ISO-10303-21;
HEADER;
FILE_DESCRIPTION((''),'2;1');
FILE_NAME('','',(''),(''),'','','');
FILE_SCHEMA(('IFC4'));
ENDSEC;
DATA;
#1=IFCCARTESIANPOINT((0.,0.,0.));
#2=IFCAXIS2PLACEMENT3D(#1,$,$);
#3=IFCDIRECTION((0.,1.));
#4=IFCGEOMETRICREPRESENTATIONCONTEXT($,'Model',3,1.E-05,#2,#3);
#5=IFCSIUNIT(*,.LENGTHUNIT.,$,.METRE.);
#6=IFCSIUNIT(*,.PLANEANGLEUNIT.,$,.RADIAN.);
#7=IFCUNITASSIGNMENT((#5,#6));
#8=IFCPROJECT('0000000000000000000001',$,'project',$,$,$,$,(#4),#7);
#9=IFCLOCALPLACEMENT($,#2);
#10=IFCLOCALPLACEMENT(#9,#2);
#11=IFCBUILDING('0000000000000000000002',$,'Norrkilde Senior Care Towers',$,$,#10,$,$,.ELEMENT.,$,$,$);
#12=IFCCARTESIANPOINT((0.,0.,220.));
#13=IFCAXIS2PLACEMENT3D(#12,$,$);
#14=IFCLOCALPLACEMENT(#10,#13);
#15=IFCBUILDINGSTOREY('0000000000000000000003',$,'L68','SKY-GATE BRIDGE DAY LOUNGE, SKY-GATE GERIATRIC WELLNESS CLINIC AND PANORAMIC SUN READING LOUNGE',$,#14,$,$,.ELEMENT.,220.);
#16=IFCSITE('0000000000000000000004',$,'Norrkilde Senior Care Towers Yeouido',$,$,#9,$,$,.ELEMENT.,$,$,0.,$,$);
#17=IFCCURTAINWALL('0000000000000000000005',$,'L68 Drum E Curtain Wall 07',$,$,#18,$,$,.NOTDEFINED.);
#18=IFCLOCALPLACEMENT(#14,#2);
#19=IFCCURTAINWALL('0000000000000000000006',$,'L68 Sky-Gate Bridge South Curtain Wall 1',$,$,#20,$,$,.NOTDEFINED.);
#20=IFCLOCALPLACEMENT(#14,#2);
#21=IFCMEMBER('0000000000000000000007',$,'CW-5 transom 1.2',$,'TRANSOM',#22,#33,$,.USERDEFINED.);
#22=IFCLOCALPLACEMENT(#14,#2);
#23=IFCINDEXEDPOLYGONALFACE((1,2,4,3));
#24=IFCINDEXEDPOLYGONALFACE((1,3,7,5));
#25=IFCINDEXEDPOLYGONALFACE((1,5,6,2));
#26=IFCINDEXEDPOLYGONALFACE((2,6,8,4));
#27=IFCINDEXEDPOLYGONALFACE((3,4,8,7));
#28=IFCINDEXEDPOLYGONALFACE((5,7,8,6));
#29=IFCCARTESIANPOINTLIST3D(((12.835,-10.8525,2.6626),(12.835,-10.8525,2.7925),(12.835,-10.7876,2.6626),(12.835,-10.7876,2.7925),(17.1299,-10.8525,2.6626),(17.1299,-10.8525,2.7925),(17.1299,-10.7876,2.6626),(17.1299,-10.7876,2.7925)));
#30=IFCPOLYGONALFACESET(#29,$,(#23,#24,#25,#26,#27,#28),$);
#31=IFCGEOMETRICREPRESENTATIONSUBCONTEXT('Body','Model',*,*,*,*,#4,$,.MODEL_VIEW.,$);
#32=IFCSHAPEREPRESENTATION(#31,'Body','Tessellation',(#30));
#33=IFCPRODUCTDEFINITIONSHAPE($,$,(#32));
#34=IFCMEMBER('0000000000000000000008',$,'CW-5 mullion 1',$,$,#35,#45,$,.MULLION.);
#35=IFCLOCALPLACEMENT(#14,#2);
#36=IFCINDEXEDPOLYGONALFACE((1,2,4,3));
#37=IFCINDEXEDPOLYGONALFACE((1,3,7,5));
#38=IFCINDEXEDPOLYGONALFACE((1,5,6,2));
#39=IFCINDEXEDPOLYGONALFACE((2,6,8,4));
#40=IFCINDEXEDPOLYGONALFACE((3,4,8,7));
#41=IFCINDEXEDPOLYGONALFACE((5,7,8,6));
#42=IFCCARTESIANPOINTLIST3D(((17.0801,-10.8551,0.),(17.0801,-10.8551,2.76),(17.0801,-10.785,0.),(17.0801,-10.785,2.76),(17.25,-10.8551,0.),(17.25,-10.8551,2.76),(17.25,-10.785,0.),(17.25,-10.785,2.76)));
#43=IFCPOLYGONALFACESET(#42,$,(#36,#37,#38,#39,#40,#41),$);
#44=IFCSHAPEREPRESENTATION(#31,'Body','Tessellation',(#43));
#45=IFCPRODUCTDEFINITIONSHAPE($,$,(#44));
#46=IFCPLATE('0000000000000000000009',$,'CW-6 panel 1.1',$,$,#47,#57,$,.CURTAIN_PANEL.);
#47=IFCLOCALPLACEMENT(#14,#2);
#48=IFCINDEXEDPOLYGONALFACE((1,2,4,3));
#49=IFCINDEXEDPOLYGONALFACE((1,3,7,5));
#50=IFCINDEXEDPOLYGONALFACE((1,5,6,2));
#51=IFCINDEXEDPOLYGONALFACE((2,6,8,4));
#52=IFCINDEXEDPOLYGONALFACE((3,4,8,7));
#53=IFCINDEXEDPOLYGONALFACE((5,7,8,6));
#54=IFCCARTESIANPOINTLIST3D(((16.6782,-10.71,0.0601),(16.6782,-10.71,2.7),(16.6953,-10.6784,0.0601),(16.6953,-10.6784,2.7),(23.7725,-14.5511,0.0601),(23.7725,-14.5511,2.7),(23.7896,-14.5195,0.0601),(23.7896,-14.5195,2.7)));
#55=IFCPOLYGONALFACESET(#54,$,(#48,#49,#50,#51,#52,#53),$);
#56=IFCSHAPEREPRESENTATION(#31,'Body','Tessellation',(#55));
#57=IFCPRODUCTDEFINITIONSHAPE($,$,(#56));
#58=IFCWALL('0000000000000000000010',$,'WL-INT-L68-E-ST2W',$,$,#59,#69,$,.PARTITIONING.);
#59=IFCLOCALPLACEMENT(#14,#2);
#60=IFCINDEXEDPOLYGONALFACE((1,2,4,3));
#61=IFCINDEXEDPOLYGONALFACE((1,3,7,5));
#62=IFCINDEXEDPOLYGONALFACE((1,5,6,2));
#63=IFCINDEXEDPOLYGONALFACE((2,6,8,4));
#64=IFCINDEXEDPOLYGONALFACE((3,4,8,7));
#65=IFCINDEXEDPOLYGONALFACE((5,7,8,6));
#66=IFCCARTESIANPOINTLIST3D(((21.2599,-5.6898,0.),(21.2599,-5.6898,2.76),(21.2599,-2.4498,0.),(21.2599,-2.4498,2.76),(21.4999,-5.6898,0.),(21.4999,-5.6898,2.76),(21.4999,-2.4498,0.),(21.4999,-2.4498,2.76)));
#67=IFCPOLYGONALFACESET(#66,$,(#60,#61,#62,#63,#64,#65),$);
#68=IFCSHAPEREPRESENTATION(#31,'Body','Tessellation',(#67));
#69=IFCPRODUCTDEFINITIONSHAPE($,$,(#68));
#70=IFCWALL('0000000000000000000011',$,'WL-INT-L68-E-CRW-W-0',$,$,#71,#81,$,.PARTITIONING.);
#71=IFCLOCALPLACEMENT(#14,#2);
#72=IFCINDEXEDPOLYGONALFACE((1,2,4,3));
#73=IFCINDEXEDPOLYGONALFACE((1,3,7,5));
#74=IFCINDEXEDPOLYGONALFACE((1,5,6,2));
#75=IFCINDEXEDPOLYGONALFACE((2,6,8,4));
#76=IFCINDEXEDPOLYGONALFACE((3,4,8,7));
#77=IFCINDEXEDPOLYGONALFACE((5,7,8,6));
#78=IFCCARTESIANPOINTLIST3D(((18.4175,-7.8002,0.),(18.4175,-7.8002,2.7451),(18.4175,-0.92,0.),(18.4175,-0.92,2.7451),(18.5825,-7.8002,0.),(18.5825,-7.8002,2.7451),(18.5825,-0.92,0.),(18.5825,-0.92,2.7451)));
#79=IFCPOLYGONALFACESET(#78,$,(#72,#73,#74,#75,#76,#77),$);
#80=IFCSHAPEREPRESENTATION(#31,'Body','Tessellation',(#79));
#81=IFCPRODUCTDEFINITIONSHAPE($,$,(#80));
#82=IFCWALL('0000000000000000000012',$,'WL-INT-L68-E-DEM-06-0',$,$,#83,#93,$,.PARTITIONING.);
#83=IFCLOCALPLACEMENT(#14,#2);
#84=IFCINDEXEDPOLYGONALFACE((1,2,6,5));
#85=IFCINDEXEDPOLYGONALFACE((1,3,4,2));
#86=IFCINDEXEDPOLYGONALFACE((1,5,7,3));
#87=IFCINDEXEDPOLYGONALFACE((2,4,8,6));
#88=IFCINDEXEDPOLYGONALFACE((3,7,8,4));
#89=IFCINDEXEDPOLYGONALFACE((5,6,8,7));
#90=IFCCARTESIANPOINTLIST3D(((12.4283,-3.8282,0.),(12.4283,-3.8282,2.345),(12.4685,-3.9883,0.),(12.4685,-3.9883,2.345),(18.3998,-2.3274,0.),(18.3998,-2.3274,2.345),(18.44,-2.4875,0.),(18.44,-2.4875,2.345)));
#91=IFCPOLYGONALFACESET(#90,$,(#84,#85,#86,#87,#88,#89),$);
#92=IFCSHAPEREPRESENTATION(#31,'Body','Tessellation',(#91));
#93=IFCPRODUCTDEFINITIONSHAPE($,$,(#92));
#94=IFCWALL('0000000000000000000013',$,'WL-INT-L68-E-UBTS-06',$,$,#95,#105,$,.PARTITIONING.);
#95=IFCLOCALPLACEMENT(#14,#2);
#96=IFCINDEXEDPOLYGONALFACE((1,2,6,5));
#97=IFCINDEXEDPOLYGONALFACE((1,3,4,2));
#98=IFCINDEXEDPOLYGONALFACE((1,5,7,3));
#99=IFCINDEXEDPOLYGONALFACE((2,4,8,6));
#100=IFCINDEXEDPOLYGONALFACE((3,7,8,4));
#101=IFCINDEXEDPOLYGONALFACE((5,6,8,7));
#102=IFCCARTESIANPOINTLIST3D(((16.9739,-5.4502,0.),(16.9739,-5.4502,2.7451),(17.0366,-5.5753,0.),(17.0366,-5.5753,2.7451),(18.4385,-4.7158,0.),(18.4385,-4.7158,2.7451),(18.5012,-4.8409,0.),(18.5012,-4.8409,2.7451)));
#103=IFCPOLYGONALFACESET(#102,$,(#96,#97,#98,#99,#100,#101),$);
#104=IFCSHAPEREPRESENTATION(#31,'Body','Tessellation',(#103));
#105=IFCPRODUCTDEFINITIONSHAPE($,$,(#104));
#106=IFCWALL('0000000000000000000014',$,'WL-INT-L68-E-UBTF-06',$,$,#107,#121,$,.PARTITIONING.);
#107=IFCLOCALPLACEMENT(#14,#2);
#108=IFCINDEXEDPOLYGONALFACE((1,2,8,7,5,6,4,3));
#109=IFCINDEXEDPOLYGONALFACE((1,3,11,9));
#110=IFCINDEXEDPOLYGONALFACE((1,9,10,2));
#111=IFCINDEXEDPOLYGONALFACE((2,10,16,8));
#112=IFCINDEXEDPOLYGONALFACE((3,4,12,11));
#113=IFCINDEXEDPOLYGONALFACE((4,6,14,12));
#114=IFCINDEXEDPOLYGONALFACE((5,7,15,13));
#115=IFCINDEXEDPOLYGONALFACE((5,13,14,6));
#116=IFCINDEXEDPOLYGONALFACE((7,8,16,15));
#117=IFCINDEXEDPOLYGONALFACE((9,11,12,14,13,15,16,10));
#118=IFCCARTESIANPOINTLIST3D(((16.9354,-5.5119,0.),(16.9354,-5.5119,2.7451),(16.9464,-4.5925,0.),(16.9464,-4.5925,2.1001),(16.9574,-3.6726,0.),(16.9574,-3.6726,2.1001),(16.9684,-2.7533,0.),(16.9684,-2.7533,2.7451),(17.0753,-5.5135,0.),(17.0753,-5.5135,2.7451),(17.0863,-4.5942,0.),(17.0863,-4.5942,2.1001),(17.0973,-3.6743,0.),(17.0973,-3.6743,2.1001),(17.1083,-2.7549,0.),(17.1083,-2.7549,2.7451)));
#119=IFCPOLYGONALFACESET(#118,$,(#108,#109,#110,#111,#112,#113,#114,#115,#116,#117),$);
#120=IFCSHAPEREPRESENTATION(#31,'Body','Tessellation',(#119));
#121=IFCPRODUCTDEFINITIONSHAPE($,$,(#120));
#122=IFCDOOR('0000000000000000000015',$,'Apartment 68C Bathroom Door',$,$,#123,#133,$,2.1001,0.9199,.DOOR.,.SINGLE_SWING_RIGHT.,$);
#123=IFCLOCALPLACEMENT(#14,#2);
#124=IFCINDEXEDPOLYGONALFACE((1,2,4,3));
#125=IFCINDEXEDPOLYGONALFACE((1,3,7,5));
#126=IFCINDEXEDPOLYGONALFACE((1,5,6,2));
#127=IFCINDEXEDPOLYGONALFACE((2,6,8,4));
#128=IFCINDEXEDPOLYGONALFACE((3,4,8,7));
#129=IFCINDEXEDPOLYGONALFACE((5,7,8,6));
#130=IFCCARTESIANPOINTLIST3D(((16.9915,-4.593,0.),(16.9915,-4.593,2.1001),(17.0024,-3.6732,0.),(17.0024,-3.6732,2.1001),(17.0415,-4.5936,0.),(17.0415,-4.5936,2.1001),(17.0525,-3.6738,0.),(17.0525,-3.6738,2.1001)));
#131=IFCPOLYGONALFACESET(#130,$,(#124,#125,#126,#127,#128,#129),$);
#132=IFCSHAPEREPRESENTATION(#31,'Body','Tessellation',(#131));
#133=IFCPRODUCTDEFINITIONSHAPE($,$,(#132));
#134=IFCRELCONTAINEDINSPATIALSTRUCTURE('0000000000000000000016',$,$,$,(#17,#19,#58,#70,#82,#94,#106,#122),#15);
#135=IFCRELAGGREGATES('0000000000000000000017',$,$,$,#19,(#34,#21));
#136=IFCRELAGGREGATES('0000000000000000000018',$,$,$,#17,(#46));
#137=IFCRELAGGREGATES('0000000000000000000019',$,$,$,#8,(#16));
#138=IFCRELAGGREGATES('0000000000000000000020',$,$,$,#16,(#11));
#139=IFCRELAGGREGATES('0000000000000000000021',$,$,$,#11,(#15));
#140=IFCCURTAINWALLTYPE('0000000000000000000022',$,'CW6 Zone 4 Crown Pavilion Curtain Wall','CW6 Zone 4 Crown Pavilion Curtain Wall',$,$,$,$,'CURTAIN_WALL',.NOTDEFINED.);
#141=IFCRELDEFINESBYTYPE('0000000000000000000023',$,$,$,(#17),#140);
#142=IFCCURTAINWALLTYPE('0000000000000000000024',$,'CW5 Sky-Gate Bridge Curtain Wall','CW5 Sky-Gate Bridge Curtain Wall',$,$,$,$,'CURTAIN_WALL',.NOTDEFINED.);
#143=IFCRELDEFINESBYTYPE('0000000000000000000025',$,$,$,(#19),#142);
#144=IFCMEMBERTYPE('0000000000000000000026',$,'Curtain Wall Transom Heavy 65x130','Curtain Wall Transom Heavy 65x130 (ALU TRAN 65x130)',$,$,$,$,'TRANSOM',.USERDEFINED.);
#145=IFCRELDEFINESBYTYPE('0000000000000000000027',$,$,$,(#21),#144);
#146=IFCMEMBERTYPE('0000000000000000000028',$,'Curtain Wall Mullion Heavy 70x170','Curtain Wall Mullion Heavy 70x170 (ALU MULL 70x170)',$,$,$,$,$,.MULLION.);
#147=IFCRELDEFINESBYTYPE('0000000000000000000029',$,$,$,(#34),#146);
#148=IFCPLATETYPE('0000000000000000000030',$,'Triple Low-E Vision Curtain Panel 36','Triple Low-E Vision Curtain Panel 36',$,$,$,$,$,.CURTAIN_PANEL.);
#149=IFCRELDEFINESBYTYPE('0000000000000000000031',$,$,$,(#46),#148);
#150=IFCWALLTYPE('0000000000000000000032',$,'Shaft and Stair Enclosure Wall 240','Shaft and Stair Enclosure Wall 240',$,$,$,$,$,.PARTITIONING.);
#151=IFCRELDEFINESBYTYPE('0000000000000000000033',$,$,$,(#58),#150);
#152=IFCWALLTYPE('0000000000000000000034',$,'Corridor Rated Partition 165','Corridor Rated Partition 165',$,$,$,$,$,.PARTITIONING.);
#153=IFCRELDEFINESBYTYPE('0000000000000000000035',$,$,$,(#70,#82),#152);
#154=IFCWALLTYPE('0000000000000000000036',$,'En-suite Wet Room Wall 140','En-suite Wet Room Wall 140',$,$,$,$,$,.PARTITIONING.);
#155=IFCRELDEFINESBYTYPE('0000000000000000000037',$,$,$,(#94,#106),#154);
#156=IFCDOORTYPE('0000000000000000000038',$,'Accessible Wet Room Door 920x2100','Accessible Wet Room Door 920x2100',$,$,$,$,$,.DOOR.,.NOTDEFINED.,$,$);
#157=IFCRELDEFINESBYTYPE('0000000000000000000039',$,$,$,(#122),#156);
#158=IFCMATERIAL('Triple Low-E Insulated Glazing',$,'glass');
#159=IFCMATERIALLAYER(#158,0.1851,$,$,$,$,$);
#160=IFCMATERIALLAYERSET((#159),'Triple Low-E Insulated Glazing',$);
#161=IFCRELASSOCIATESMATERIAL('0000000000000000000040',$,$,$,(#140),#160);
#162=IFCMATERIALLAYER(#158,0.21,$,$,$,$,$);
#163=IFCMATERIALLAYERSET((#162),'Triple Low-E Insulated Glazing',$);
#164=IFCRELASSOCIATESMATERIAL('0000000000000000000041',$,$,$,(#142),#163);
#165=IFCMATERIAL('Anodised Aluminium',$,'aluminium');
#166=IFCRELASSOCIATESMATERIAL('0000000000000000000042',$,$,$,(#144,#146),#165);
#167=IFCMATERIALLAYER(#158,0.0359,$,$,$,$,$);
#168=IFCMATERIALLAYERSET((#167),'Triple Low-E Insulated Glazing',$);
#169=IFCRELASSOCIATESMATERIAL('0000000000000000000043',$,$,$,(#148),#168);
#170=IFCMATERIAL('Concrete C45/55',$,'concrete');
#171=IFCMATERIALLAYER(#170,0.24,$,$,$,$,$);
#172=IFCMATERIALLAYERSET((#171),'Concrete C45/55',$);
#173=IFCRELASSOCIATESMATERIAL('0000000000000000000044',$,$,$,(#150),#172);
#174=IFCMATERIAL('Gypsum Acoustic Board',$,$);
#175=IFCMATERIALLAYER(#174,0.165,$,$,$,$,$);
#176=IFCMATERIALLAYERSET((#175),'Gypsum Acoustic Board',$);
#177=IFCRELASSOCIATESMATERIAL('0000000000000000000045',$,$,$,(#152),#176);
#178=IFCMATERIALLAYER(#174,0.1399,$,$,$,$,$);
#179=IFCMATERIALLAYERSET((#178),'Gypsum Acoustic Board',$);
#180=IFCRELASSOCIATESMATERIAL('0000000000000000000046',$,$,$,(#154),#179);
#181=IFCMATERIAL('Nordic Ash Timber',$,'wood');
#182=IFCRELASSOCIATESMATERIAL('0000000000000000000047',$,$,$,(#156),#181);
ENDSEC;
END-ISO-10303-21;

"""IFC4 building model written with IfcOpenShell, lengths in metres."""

from ifc_helpers import new_model, si_unit, direction, frame, frame_2d, origin, origin_2d, place, context, subcontext, project, spatial, rectangle, extrude, source, transform, mapped, material, layer, layer_set, material_profile, profile_set, type_object, type_shapes, element, fill, aggregate, save


model = new_model("IFC4")

# Units and contexts
model_context = context("Model", 3, precision=1e-05, world=origin(), true_north=direction((0.0, 1.0)))
body_context = subcontext(model_context, "Body", "Model", "MODEL_VIEW")
ifc_project = project(units=[si_unit("LENGTHUNIT", "METRE"), si_unit("PLANEANGLEUNIT", "RADIAN")], contexts=[model_context])

# Site, building, storey
site_placement = place(None, origin())
site = spatial("IfcSite", under=ifc_project, at=site_placement, Name="Norrkilde Senior Care Towers Yeouido", CompositionType="ELEMENT", RefElevation=0.0)
building_placement = place(site_placement, origin())
building = spatial("IfcBuilding", under=site, at=building_placement, Name="Norrkilde Senior Care Towers", CompositionType="ELEMENT")
storey_placement = place(building_placement, frame((0.0, 0.0, 220.0)))
storey = spatial("IfcBuildingStorey", under=building, at=storey_placement, Name="L68", Description="SKY-GATE BRIDGE DAY LOUNGE, SKY-GATE GERIATRIC WELLNESS CLINIC AND PANORAMIC SUN READING LOUNGE", CompositionType="ELEMENT", Elevation=220.0)

# Curtain walls, members
ifc_material_1 = material(Name="Triple Low-E Insulated Glazing", Category="glass")
ifc_layer_1 = layer(ifc_material_1, 0.1851)
ifc_layer_set_1 = layer_set([ifc_layer_1], Name="Triple Low-E Insulated Glazing")
curtain_wall_type_1 = type_object("IfcCurtainWallType", Name="CW6 Zone 4 Crown Pavilion Curtain Wall", Description="CW6 Zone 4 Crown Pavilion Curtain Wall", ElementType="CURTAIN_WALL", PredefinedType="NOTDEFINED", material=ifc_layer_set_1)
curtain_wall_1_placement = place(storey_placement, origin())
curtain_wall_1 = element("IfcCurtainWall", 1, at=curtain_wall_1_placement, inside=storey, type_object=curtain_wall_type_1, Name="L68 Drum E Curtain Wall 07", PredefinedType="NOTDEFINED")
ifc_material_2 = material(Name="Anodised Aluminium", Category="aluminium")
ifc_layer_2 = layer(ifc_material_1, 0.21)
ifc_layer_set_2 = layer_set([ifc_layer_2], Name="Triple Low-E Insulated Glazing")
curtain_wall_type_2 = type_object("IfcCurtainWallType", Name="CW5 Sky-Gate Bridge Curtain Wall", Description="CW5 Sky-Gate Bridge Curtain Wall", ElementType="CURTAIN_WALL", PredefinedType="NOTDEFINED", material=ifc_layer_set_2)
curtain_wall_2_placement = place(storey_placement, origin())
curtain_wall_2 = element("IfcCurtainWall", 2, at=curtain_wall_2_placement, inside=storey, type_object=curtain_wall_type_2, Name="L68 Sky-Gate Bridge South Curtain Wall 1", PredefinedType="NOTDEFINED")
ifc_material_profile_1 = material_profile(ifc_material_2, rectangle(XDim=0.0649, YDim=0.1299, at=origin_2d()), Name="ALU TRAN 65x130")
ifc_profile_set_1 = profile_set([ifc_material_profile_1], Name="Anodised Aluminium")
member_type_1 = type_object("IfcMemberType", Name="Curtain Wall Transom Heavy 65x130", Description="Curtain Wall Transom Heavy 65x130 (ALU TRAN 65x130)", ElementType="TRANSOM", PredefinedType="USERDEFINED", material=ifc_profile_set_1)
shared_shape_1 = source(origin(), body_context, "Body", "SweptSolid", [
    extrude(rectangle(XDim=0.0649, YDim=0.1299, at=origin_2d()), origin(), (0.0, 0.0, 1.0), 4.2949),
])
type_shapes(member_type_1, [shared_shape_1])
member_1_placement = place(storey_placement, frame((17.1299, -10.8201, 2.7275), z_axis=(-1.0, 0.0, 0.0), x_axis=(0.0, -1.0, 0.0)))
member_1 = element("IfcMember", 3, at=member_1_placement, type_object=member_type_1, Name="CW-5 transom 1.2", ObjectType="TRANSOM", PredefinedType="USERDEFINED", context=body_context, shape_type="MappedRepresentation", body=[
    mapped(shared_shape_1, transform((0.0, 0.0, 0.0), x_axis=(1.0, 0.0, 0.0), y_axis=(0.0, 1.0, 0.0), z_axis=(0.0, 0.0, 1.0), scale=1.0)),
])
ifc_material_profile_2 = material_profile(ifc_material_2, rectangle(XDim=0.0701, YDim=0.1699, at=origin_2d()), Name="ALU MULL 70x170")
ifc_profile_set_2 = profile_set([ifc_material_profile_2], Name="Anodised Aluminium")
member_type_2 = type_object("IfcMemberType", Name="Curtain Wall Mullion Heavy 70x170", Description="Curtain Wall Mullion Heavy 70x170 (ALU MULL 70x170)", PredefinedType="MULLION", material=ifc_profile_set_2)
shared_shape_2 = source(origin(), body_context, "Body", "SweptSolid", [
    extrude(rectangle(XDim=0.0701, YDim=0.1699, at=origin_2d()), origin(), (0.0, 0.0, 1.0), 2.76),
])
type_shapes(member_type_2, [shared_shape_2])
member_2_placement = place(storey_placement, frame((17.165, -10.8201, 0.0), z_axis=(0.0, 0.0, 1.0), x_axis=(0.0, -1.0, 0.0)))
member_2 = element("IfcMember", 4, at=member_2_placement, type_object=member_type_2, Name="CW-5 mullion 1", PredefinedType="MULLION", context=body_context, shape_type="MappedRepresentation", body=[
    mapped(shared_shape_2, transform((0.0, 0.0, 0.0), x_axis=(1.0, 0.0, 0.0), y_axis=(0.0, 1.0, 0.0), z_axis=(0.0, 0.0, 1.0), scale=1.0)),
])
aggregate(curtain_wall_2, [member_2, member_1])

# Plate
ifc_layer_3 = layer(ifc_material_1, 0.0359)
ifc_layer_set_3 = layer_set([ifc_layer_3], Name="Triple Low-E Insulated Glazing")
plate_type = type_object("IfcPlateType", Name="Triple Low-E Vision Curtain Panel 36", Description="Triple Low-E Vision Curtain Panel 36", PredefinedType="CURTAIN_PANEL", material=ifc_layer_set_3)
shared_shape_3 = source(origin(), body_context, "Body", "SweptSolid", [
    extrude(rectangle(XDim=8.0674, YDim=0.0359, at=origin_2d()), origin(), (0.0, 0.0, 1.0), 2.6399),
])
type_shapes(plate_type, [shared_shape_3])
plate_placement = place(storey_placement, frame((20.2339, -12.6147, 0.0601), z_axis=(0.0, 0.0, 1.0), x_axis=(-0.879373, 0.476133, 0.0)))
plate = element("IfcPlate", 5, at=plate_placement, type_object=plate_type, Name="CW-6 panel 1.1", PredefinedType="CURTAIN_PANEL", context=body_context, shape_type="MappedRepresentation", body=[
    mapped(shared_shape_3, transform((0.0, 0.0, 0.0), x_axis=(1.0, 0.0, 0.0), y_axis=(0.0, 1.0, 0.0), z_axis=(0.0, 0.0, 1.0), scale=1.0)),
])
aggregate(curtain_wall_1, [plate])

# Shared definitions
ifc_material_3 = material(Name="Concrete C45/55", Category="concrete")
ifc_layer_4 = layer(ifc_material_3, 0.24)
ifc_layer_set_4 = layer_set([ifc_layer_4], Name="Concrete C45/55")
wall_type_1 = type_object("IfcWallType", Name="Shaft and Stair Enclosure Wall 240", Description="Shaft and Stair Enclosure Wall 240", PredefinedType="PARTITIONING", material=ifc_layer_set_4)

# Walls
shared_shape_4 = source(origin(), body_context, "Body", "SweptSolid", [
    extrude(rectangle(XDim=3.24, YDim=0.24, at=frame_2d((1.6201, 0.0))), origin(), (0.0, 0.0, 1.0), 2.76),
])
wall_1_placement = place(storey_placement, frame((21.3799, -5.6899, 0.0), z_axis=(0.0, 0.0, 1.0), x_axis=(0.0, 1.0, 0.0)))
element("IfcWall", 6, at=wall_1_placement, inside=storey, type_object=wall_type_1, Name="WL-INT-L68-E-ST2W", PredefinedType="PARTITIONING", context=body_context, shape_type="MappedRepresentation", body=[
    mapped(shared_shape_4, transform((0.0, 0.0, 0.0), x_axis=(1.0, 0.0, 0.0), y_axis=(0.0, 1.0, 0.0), z_axis=(0.0, 0.0, 1.0), scale=1.0)),
])
ifc_material_4 = material(Name="Gypsum Acoustic Board")
ifc_layer_5 = layer(ifc_material_4, 0.165)
ifc_layer_set_5 = layer_set([ifc_layer_5], Name="Gypsum Acoustic Board")
wall_type_2 = type_object("IfcWallType", Name="Corridor Rated Partition 165", Description="Corridor Rated Partition 165", PredefinedType="PARTITIONING", material=ifc_layer_set_5)
shared_shape_5 = source(origin(), body_context, "Body", "SweptSolid", [
    extrude(rectangle(XDim=6.8801, YDim=0.165, at=frame_2d((3.4399, 0.0))), origin(), (0.0, 0.0, 1.0), 2.7451),
])
wall_2_placement = place(storey_placement, frame((18.5, -7.8, 0.0), z_axis=(0.0, 0.0, 1.0), x_axis=(0.0, 1.0, 0.0)))
element("IfcWall", 7, at=wall_2_placement, inside=storey, type_object=wall_type_2, Name="WL-INT-L68-E-CRW-W-0", PredefinedType="PARTITIONING", context=body_context, shape_type="MappedRepresentation", body=[
    mapped(shared_shape_5, transform((0.0, 0.0, 0.0), x_axis=(1.0, 0.0, 0.0), y_axis=(0.0, 1.0, 0.0), z_axis=(0.0, 0.0, 1.0), scale=1.0)),
])
shared_shape_6 = source(origin(), body_context, "Body", "SweptSolid", [
    extrude(rectangle(XDim=6.1572, YDim=0.165, at=frame_2d((3.0786, 0.0))), origin(), (0.0, 0.0, 1.0), 2.345),
])
type_shapes(wall_type_2, [shared_shape_5, shared_shape_6])
wall_3_placement = place(storey_placement, frame((18.4199, -2.4075, 0.0), z_axis=(0.0, 0.0, 1.0), x_axis=(-0.969841, -0.243739, 0.0)))
element("IfcWall", 8, at=wall_3_placement, inside=storey, type_object=wall_type_2, Name="WL-INT-L68-E-DEM-06-0", PredefinedType="PARTITIONING", context=body_context, shape_type="MappedRepresentation", body=[
    mapped(shared_shape_6, transform((0.0, 0.0, 0.0), x_axis=(1.0, 0.0, 0.0), y_axis=(0.0, 1.0, 0.0), z_axis=(0.0, 0.0, 1.0), scale=1.0)),
])
ifc_layer_6 = layer(ifc_material_4, 0.1399)
ifc_layer_set_6 = layer_set([ifc_layer_6], Name="Gypsum Acoustic Board")
wall_type_3 = type_object("IfcWallType", Name="En-suite Wet Room Wall 140", Description="En-suite Wet Room Wall 140", PredefinedType="PARTITIONING", material=ifc_layer_set_6)
shared_shape_7 = source(origin(), body_context, "Body", "SweptSolid", [
    extrude(rectangle(XDim=1.6384, YDim=0.1399, at=frame_2d((0.8193, 0.0))), origin(), (0.0, 0.0, 1.0), 2.7451),
])
wall_4_placement = place(storey_placement, frame((18.47, -4.7783, 0.0), z_axis=(0.0, 0.0, 1.0), x_axis=(-0.89392, -0.448227, 0.0)))
element("IfcWall", 9, at=wall_4_placement, inside=storey, type_object=wall_type_3, Name="WL-INT-L68-E-UBTS-06", PredefinedType="PARTITIONING", context=body_context, shape_type="MappedRepresentation", body=[
    mapped(shared_shape_7, transform((0.0, 0.0, 0.0), x_axis=(1.0, 0.0, 0.0), y_axis=(0.0, 1.0, 0.0), z_axis=(0.0, 0.0, 1.0), scale=1.0)),
])

# Wall, opening, door
shared_shape_8 = source(origin(), body_context, "Body", "SweptSolid", [
    extrude(rectangle(XDim=2.7588, YDim=0.1399, at=frame_2d((1.3794, 0.0))), origin(), (0.0, 0.0, 1.0), 2.7451),
])
type_shapes(wall_type_3, [shared_shape_7, shared_shape_8])
wall_5_placement = place(storey_placement, frame((17.0054, -5.5127, 0.0), z_axis=(0.0, 0.0, 1.0), x_axis=(0.011947, 0.999929, 0.0)))
wall_5 = element("IfcWall", 10, at=wall_5_placement, inside=storey, type_object=wall_type_3, Name="WL-INT-L68-E-UBTF-06", PredefinedType="PARTITIONING", context=body_context, shape_type="MappedRepresentation", body=[
    mapped(shared_shape_8, transform((0.0, 0.0, 0.0), x_axis=(1.0, 0.0, 0.0), y_axis=(0.0, 1.0, 0.0), z_axis=(0.0, 0.0, 1.0), scale=1.0)),
])
opening_1_placement = place(wall_5_placement, frame((0.9194, 0.0, 0.0)))
opening_1 = element("IfcOpeningElement", 11, at=opening_1_placement, cuts=wall_5, PredefinedType="OPENING", context=body_context, shape_type="SweptSolid", body=[
    extrude(rectangle(XDim=0.9199, YDim=2.1001, at=frame_2d((0.46, 1.05))), frame((0.0, 0.0798, 0.0), z_axis=(0.0, -1.0, 0.0), x_axis=(1.0, 0.0, 0.0)), (0.0, 0.0, 1.0), 0.1599),
])
ifc_material_5 = material(Name="Nordic Ash Timber", Category="wood")
door_type_1 = type_object("IfcDoorType", Name="Accessible Wet Room Door 920x2100", Description="Accessible Wet Room Door 920x2100", OperationType="NOTDEFINED", PredefinedType="DOOR", material=ifc_material_5)
shared_shape_9 = source(origin(), body_context, "Body", "SweptSolid", [
    extrude(rectangle(XDim=0.9199, YDim=2.1001, at=frame_2d((0.46, 1.05))), frame((0.0, 0.0249, 0.0), z_axis=(0.0, -1.0, 0.0), x_axis=(1.0, 0.0, 0.0)), (0.0, 0.0, 1.0), 0.05),
])
type_shapes(door_type_1, [shared_shape_9])
door_1_placement = place(opening_1_placement, origin())
door_1 = element("IfcDoor", 12, at=door_1_placement, inside=storey, type_object=door_type_1, Name="Apartment 68C Bathroom Door", OperationType="SINGLE_SWING_RIGHT", OverallHeight=2.1001, OverallWidth=0.9199, PredefinedType="DOOR", context=body_context, shape_type="MappedRepresentation", body=[
    mapped(shared_shape_9, transform((0.0, 0.0, 0.0), x_axis=(1.0, 0.0, 0.0), y_axis=(0.0, 1.0, 0.0), z_axis=(0.0, 0.0, 1.0), scale=1.0)),
])
fill(opening_1, door_1)

save(model, "model.ifc")
